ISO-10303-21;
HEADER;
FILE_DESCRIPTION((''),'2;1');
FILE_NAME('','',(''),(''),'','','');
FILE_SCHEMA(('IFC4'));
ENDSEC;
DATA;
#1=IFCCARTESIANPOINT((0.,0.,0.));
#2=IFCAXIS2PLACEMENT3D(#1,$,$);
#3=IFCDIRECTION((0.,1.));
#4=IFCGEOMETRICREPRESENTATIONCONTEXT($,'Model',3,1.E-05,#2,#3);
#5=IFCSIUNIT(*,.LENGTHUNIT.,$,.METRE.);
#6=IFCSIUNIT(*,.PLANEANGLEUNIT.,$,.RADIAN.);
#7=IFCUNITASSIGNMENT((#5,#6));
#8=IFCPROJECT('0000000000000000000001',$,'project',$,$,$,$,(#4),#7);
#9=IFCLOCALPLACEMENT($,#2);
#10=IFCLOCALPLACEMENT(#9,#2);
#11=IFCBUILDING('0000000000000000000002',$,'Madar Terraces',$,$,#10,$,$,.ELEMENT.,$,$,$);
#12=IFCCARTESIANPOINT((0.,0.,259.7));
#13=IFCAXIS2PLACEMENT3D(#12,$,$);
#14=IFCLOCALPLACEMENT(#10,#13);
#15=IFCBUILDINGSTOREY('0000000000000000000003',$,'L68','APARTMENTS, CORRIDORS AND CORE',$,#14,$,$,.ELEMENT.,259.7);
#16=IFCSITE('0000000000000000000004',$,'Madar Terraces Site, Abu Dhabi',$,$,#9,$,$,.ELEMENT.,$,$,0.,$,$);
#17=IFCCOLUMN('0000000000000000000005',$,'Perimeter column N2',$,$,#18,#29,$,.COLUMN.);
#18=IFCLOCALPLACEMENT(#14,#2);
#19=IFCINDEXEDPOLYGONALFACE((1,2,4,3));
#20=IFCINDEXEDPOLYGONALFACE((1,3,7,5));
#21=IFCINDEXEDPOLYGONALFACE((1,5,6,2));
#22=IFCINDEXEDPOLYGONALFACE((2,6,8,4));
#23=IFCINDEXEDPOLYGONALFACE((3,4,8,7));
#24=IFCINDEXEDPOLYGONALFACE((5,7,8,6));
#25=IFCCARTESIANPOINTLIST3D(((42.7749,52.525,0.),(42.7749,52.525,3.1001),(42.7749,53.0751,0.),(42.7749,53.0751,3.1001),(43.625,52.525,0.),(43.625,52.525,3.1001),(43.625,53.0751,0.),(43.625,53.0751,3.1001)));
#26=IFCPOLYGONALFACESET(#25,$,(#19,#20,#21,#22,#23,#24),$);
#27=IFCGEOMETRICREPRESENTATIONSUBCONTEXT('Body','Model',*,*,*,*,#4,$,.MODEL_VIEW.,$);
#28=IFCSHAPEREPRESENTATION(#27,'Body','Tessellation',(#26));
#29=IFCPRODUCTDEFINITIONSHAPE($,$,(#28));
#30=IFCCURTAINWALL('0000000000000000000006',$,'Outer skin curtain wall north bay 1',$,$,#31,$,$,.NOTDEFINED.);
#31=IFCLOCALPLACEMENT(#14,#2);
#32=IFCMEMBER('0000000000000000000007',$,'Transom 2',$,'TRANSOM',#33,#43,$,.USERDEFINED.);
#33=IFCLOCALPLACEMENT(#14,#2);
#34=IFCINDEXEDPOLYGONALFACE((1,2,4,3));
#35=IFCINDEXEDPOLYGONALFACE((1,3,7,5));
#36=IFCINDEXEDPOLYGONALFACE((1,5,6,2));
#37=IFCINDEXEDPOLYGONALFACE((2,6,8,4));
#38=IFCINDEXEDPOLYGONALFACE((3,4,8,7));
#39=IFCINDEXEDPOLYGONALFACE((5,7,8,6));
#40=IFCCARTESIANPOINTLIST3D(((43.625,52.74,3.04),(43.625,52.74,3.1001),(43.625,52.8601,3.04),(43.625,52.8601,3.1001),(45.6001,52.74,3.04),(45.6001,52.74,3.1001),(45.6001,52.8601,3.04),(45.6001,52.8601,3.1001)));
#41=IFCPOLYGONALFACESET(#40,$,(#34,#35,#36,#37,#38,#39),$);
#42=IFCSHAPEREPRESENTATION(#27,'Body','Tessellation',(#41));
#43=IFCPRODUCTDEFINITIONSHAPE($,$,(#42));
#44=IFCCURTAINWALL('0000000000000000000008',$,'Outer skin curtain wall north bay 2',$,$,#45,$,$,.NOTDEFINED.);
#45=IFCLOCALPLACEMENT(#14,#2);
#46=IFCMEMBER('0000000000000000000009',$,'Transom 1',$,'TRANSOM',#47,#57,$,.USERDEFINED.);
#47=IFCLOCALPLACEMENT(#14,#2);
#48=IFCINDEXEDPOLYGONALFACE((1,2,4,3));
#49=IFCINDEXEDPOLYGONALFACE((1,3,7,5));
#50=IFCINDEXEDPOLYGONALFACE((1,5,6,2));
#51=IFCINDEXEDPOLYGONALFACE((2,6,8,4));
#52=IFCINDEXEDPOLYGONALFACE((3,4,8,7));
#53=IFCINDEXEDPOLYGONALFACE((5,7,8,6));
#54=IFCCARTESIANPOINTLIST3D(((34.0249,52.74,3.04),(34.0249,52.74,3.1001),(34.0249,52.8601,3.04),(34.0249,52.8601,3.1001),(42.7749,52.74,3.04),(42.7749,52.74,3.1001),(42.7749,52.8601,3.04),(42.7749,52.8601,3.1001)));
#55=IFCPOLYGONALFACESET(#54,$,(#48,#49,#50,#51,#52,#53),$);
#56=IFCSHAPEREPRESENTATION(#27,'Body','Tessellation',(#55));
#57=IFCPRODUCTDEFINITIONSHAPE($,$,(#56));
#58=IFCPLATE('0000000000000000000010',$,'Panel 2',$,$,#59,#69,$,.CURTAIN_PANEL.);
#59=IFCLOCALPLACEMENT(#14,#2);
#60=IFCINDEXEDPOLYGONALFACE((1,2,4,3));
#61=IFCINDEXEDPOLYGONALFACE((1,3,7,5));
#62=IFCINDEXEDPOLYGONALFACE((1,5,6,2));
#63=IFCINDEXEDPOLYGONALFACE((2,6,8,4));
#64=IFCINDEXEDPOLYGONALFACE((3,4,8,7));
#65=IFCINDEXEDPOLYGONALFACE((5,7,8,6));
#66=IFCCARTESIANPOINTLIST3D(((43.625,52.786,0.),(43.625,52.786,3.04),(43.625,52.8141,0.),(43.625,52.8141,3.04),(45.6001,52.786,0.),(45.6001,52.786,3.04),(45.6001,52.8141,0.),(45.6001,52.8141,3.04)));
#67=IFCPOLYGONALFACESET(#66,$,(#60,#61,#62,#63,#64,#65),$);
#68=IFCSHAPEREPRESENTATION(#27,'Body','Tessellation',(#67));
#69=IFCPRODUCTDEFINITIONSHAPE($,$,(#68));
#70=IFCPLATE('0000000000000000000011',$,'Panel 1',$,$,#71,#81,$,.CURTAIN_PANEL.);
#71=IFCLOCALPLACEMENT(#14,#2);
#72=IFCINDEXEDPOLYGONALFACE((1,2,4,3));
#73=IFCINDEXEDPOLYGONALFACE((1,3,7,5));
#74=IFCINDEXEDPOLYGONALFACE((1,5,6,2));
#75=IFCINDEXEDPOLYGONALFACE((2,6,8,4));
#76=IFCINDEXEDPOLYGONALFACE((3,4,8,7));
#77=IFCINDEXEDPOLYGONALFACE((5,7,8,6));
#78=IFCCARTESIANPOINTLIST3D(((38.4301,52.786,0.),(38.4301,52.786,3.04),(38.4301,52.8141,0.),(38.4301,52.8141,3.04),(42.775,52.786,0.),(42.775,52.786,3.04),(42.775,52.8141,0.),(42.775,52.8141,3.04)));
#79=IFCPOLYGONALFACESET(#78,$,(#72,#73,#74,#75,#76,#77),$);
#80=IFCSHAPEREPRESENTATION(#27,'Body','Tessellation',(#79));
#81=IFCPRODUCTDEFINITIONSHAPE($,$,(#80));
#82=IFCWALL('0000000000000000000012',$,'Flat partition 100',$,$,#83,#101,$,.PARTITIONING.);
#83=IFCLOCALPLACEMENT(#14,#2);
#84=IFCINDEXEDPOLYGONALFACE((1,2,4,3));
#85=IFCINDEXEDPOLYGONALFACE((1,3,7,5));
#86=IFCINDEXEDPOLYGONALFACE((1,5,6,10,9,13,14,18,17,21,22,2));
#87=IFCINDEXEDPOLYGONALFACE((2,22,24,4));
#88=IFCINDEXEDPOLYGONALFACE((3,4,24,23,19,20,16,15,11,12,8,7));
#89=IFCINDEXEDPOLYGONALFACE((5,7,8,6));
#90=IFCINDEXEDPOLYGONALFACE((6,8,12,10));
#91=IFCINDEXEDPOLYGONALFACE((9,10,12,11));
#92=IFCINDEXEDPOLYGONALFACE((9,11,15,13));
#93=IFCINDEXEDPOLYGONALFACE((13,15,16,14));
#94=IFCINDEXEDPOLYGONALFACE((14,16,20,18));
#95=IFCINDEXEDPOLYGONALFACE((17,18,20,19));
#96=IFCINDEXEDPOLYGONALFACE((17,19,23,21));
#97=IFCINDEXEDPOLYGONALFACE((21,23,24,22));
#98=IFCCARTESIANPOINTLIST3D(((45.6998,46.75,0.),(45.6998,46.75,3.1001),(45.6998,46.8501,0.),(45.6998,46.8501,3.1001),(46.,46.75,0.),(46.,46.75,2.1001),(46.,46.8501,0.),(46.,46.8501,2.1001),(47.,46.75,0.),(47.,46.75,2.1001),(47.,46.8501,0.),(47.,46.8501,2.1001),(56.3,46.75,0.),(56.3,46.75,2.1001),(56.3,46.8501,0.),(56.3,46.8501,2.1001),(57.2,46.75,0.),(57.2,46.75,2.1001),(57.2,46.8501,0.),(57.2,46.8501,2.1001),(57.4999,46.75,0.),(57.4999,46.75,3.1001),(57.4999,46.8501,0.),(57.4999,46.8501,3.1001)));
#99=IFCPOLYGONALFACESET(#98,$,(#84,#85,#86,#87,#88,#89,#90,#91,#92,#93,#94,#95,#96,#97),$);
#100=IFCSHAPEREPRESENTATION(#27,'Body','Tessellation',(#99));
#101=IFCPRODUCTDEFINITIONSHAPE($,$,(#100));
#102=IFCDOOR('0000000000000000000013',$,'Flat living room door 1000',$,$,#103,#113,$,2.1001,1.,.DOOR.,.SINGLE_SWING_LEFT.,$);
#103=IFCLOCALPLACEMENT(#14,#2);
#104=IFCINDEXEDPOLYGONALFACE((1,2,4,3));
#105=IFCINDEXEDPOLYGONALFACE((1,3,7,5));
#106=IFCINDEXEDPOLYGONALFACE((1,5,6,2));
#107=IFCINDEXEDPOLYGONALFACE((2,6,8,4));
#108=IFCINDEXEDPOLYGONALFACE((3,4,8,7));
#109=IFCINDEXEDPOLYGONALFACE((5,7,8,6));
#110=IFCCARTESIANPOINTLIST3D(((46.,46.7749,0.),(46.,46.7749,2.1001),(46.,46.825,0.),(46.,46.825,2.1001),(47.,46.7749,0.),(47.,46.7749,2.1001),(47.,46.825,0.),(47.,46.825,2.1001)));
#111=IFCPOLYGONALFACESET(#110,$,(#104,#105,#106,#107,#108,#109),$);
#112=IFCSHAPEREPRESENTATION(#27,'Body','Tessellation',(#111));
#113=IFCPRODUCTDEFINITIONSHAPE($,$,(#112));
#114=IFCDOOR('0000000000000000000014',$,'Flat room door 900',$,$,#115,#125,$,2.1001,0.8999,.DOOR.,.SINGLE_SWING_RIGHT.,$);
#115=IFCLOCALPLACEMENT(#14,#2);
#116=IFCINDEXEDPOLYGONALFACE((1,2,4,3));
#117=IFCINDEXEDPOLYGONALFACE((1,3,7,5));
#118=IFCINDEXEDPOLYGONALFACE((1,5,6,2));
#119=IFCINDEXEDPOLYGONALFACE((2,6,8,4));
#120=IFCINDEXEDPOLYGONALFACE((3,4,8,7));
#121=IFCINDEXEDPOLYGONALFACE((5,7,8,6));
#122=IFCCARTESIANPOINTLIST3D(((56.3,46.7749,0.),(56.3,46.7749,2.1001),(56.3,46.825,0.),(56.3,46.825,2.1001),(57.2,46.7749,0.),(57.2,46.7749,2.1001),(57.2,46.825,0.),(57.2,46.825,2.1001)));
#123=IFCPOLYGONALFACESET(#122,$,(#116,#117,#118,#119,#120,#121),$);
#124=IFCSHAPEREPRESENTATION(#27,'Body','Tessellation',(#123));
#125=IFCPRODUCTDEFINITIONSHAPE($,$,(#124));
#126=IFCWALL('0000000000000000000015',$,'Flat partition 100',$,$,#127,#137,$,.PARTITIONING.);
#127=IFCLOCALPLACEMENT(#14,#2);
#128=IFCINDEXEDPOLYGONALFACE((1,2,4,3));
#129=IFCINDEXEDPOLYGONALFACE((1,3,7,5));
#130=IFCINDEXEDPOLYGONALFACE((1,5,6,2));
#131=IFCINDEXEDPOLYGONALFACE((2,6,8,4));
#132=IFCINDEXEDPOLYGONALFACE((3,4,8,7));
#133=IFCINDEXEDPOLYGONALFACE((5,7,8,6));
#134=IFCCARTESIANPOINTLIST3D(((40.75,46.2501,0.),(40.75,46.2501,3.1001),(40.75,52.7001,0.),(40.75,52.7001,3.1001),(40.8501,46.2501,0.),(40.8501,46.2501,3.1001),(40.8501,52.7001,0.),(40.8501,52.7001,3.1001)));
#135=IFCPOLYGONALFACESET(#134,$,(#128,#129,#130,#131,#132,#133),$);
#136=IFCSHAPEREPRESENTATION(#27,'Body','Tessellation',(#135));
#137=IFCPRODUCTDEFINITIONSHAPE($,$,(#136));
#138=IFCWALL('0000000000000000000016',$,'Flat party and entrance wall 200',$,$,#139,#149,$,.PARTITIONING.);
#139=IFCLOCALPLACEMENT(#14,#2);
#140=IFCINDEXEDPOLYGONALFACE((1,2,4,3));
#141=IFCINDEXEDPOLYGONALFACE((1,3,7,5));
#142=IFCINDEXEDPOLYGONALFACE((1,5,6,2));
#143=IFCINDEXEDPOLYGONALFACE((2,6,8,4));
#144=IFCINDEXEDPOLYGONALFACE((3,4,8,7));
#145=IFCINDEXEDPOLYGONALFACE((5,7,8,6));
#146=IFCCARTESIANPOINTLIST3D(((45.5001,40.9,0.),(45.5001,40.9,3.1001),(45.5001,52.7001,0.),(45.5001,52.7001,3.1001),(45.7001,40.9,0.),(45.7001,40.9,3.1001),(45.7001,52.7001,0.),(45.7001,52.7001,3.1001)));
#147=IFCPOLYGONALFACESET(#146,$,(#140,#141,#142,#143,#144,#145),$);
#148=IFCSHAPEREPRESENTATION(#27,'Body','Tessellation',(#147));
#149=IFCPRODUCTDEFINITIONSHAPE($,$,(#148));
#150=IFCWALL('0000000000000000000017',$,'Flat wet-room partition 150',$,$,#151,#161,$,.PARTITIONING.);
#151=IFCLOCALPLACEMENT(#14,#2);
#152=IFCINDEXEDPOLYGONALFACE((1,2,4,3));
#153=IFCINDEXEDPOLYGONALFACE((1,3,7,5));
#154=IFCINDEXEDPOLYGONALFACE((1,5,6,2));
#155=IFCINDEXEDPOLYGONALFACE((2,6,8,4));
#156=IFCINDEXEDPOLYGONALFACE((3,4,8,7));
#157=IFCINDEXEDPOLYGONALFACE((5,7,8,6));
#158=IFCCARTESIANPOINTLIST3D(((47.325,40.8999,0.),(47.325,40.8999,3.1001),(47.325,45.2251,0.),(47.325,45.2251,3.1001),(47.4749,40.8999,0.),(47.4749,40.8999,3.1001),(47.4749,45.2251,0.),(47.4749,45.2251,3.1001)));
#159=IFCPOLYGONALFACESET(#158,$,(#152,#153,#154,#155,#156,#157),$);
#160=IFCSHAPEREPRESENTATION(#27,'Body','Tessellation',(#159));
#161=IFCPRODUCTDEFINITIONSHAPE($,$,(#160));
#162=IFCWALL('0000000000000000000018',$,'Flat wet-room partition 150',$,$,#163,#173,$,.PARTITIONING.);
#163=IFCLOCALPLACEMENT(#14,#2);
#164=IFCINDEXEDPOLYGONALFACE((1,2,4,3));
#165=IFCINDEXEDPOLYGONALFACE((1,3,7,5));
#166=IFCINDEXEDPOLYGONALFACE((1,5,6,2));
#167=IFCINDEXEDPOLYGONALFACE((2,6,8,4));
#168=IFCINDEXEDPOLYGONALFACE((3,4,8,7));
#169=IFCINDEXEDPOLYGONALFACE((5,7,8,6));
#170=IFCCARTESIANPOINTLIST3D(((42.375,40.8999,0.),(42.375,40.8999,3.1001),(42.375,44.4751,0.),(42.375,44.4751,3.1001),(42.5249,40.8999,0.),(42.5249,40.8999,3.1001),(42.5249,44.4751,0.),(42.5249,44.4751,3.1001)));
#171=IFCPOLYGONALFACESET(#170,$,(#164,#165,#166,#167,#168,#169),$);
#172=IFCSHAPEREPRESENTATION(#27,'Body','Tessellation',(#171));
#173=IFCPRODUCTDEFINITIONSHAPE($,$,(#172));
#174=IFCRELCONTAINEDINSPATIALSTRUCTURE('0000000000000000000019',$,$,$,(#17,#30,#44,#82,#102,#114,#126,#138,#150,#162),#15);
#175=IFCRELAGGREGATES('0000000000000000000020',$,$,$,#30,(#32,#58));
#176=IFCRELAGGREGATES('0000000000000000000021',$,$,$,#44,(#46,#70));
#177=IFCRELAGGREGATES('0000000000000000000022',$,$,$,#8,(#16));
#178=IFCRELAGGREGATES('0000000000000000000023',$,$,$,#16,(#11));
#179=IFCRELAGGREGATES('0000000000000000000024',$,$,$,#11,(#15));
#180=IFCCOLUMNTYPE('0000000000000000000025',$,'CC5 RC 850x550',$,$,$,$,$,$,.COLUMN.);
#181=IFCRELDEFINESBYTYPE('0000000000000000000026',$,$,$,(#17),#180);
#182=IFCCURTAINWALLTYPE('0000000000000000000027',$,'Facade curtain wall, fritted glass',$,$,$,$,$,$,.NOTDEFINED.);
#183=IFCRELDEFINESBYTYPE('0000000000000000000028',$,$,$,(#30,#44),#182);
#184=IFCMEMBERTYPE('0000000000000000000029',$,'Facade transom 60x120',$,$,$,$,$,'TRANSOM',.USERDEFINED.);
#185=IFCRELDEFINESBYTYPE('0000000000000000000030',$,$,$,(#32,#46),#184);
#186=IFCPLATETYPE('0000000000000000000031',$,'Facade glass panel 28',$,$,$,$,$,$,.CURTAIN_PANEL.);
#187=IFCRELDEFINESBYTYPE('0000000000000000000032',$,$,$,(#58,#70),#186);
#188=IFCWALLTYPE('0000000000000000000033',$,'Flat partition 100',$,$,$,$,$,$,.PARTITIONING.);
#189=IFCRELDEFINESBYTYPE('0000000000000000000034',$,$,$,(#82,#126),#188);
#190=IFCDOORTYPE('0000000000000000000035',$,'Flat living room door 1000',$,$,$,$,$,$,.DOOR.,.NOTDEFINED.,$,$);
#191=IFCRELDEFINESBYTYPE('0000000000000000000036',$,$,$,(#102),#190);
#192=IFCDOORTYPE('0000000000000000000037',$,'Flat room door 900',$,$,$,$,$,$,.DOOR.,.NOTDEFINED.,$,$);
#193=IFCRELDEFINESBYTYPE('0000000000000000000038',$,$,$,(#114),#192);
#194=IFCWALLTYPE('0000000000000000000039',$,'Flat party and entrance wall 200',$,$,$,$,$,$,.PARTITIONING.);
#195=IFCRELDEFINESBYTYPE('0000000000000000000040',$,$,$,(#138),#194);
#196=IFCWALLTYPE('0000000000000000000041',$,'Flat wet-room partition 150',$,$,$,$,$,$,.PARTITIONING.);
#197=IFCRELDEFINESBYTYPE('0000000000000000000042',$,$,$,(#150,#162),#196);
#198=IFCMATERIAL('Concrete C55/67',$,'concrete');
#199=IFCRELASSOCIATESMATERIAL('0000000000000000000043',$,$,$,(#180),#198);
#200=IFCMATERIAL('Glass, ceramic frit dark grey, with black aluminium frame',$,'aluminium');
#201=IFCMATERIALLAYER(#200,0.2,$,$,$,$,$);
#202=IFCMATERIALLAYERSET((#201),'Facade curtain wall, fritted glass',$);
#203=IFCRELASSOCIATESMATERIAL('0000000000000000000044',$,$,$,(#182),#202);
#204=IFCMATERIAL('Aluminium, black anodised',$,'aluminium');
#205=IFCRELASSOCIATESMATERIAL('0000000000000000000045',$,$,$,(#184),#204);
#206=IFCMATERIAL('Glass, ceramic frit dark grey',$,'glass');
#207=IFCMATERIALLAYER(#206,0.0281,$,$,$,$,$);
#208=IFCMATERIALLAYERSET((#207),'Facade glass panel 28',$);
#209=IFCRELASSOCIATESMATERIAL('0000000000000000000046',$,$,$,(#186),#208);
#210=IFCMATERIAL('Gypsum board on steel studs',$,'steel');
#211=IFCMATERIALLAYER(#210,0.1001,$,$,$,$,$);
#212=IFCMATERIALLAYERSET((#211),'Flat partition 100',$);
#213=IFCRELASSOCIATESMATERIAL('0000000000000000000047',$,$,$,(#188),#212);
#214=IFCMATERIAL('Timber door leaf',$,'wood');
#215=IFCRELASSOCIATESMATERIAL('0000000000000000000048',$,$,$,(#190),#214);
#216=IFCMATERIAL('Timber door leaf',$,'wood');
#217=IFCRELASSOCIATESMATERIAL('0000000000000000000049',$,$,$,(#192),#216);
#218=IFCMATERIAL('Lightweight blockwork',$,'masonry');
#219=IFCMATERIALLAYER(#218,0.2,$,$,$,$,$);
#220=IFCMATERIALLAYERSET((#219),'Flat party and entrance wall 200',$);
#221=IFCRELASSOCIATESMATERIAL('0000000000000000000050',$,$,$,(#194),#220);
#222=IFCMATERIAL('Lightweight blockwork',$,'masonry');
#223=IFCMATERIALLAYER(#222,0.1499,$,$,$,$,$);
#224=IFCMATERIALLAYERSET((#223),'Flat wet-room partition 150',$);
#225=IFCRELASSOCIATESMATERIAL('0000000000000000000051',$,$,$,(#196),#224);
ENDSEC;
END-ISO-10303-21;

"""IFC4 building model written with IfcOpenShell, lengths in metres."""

from ifc_helpers import new_model, si_unit, direction, frame, frame_2d, origin, origin_2d, place, context, subcontext, project, spatial, rectangle, extrude, material, layer, layer_set, material_profile, profile_set, type_object, element, fill, aggregate, save


model = new_model("IFC4")

# Units and contexts
model_context = context("Model", 3, precision=1e-05, world=origin(), true_north=direction((0.0, 1.0)))
body_context = subcontext(model_context, "Body", "Model", "MODEL_VIEW")
ifc_project = project(units=[si_unit("LENGTHUNIT", "METRE"), si_unit("PLANEANGLEUNIT", "RADIAN")], contexts=[model_context])

# Site, building, storey
site_placement = place(None, origin())
site = spatial("IfcSite", under=ifc_project, at=site_placement, Name="Madar Terraces Site, Abu Dhabi", CompositionType="ELEMENT", RefElevation=0.0)
building_placement = place(site_placement, origin())
building = spatial("IfcBuilding", under=site, at=building_placement, Name="Madar Terraces", CompositionType="ELEMENT")
storey_placement = place(building_placement, frame((0.0, 0.0, 259.7)))
storey = spatial("IfcBuildingStorey", under=building, at=storey_placement, Name="L68", Description="APARTMENTS, CORRIDORS AND CORE", CompositionType="ELEMENT", Elevation=259.7)

# Column
ifc_material_1 = material(Name="Concrete C55/67", Category="concrete")
ifc_material_profile_1 = material_profile(ifc_material_1, rectangle(XDim=0.8501, YDim=0.55, at=origin_2d()), Name="CC5 RC 850x550")
ifc_profile_set_1 = profile_set([ifc_material_profile_1], Name="Concrete C55/67")
column_type = type_object("IfcColumnType", Name="CC5 RC 850x550", PredefinedType="COLUMN", material=ifc_profile_set_1)
column_placement = place(storey_placement, frame((43.2, 52.8, 0.0), z_axis=(0.0, 0.0, 1.0), x_axis=(1.0, 0.0, 0.0)))
element("IfcColumn", 1, at=column_placement, inside=storey, type_object=column_type, Name="Perimeter column N2", PredefinedType="COLUMN", context=body_context, shape_type="SweptSolid", body=[
    extrude(rectangle(XDim=0.8501, YDim=0.55, at=origin_2d()), origin(), (0.0, 0.0, 1.0), 3.1001),
])

# Curtain walls, members
ifc_material_2 = material(Name="Glass, ceramic frit dark grey, with black aluminium frame", Category="aluminium")
ifc_layer_1 = layer(ifc_material_2, 0.2)
ifc_layer_set_1 = layer_set([ifc_layer_1], Name="Facade curtain wall, fritted glass")
curtain_wall_type = type_object("IfcCurtainWallType", Name="Facade curtain wall, fritted glass", PredefinedType="NOTDEFINED", material=ifc_layer_set_1)
curtain_wall_1_placement = place(storey_placement, origin())
curtain_wall_1 = element("IfcCurtainWall", 2, at=curtain_wall_1_placement, inside=storey, type_object=curtain_wall_type, Name="Outer skin curtain wall north bay 1", PredefinedType="NOTDEFINED")
ifc_material_3 = material(Name="Aluminium, black anodised", Category="aluminium")
ifc_material_profile_2 = material_profile(ifc_material_3, rectangle(XDim=0.1201, YDim=0.0601, at=origin_2d()), Name="Facade transom 60x120")
ifc_profile_set_2 = profile_set([ifc_material_profile_2], Name="Aluminium, black anodised")
member_type = type_object("IfcMemberType", Name="Facade transom 60x120", ElementType="TRANSOM", PredefinedType="USERDEFINED", material=ifc_profile_set_2)
member_1_placement = place(storey_placement, frame((45.6001, 52.8, 3.0701), z_axis=(-1.0, 0.0, 0.0), x_axis=(0.0, -1.0, 0.0)))
member_1 = element("IfcMember", 3, at=member_1_placement, type_object=member_type, Name="Transom 2", ObjectType="TRANSOM", PredefinedType="USERDEFINED", context=body_context, shape_type="SweptSolid", body=[
    extrude(rectangle(XDim=0.1201, YDim=0.0601, at=origin_2d()), origin(), (0.0, 0.0, 1.0), 1.9751),
])
curtain_wall_2_placement = place(storey_placement, origin())
curtain_wall_2 = element("IfcCurtainWall", 4, at=curtain_wall_2_placement, inside=storey, type_object=curtain_wall_type, Name="Outer skin curtain wall north bay 2", PredefinedType="NOTDEFINED")
member_2_placement = place(storey_placement, frame((42.7749, 52.8, 3.0701), z_axis=(-1.0, 0.0, 0.0), x_axis=(0.0, -1.0, 0.0)))
member_2 = element("IfcMember", 5, at=member_2_placement, type_object=member_type, Name="Transom 1", ObjectType="TRANSOM", PredefinedType="USERDEFINED", context=body_context, shape_type="SweptSolid", body=[
    extrude(rectangle(XDim=0.1201, YDim=0.0601, at=origin_2d()), origin(), (0.0, 0.0, 1.0), 8.75),
])

# Plates
ifc_material_4 = material(Name="Glass, ceramic frit dark grey", Category="glass")
ifc_layer_2 = layer(ifc_material_4, 0.0281)
ifc_layer_set_2 = layer_set([ifc_layer_2], Name="Facade glass panel 28")
plate_type = type_object("IfcPlateType", Name="Facade glass panel 28", PredefinedType="CURTAIN_PANEL", material=ifc_layer_set_2)
plate_1_placement = place(storey_placement, frame((44.6125, 52.8, 0.0), z_axis=(0.0, 0.0, 1.0), x_axis=(-1.0, 0.0, 0.0)))
plate_1 = element("IfcPlate", 6, at=plate_1_placement, type_object=plate_type, Name="Panel 2", PredefinedType="CURTAIN_PANEL", context=body_context, shape_type="SweptSolid", body=[
    extrude(rectangle(XDim=1.9751, YDim=0.0281, at=origin_2d()), origin(), (0.0, 0.0, 1.0), 3.04),
])
aggregate(curtain_wall_1, [member_1, plate_1])
plate_2_placement = place(storey_placement, frame((40.6025, 52.8, 0.0), z_axis=(0.0, 0.0, 1.0), x_axis=(-1.0, 0.0, 0.0)))
plate_2 = element("IfcPlate", 7, at=plate_2_placement, type_object=plate_type, Name="Panel 1", PredefinedType="CURTAIN_PANEL", context=body_context, shape_type="SweptSolid", body=[
    extrude(rectangle(XDim=4.345, YDim=0.0281, at=origin_2d()), origin(), (0.0, 0.0, 1.0), 3.04),
])
aggregate(curtain_wall_2, [member_2, plate_2])

# Wall, openings, doors
ifc_material_5 = material(Name="Gypsum board on steel studs", Category="steel")
ifc_layer_3 = layer(ifc_material_5, 0.1001)
ifc_layer_set_3 = layer_set([ifc_layer_3], Name="Flat partition 100")
wall_type_1 = type_object("IfcWallType", Name="Flat partition 100", PredefinedType="PARTITIONING", material=ifc_layer_set_3)
wall_1_placement = place(storey_placement, frame((45.7, 46.8, 0.0), z_axis=(0.0, 0.0, 1.0), x_axis=(1.0, 0.0, 0.0)))
wall_1 = element("IfcWall", 8, at=wall_1_placement, inside=storey, type_object=wall_type_1, Name="Flat partition 100", PredefinedType="PARTITIONING", context=body_context, shape_type="SweptSolid", body=[
    extrude(rectangle(XDim=11.8, YDim=0.1001, at=frame_2d((5.8999, 0.0))), origin(), (0.0, 0.0, 1.0), 3.1001),
])
opening_1_placement = place(wall_1_placement, frame((0.3, 0.0, 0.0)))
opening_1 = element("IfcOpeningElement", 9, at=opening_1_placement, cuts=wall_1, PredefinedType="OPENING", context=body_context, shape_type="SweptSolid", body=[
    extrude(rectangle(XDim=1.0, YDim=2.1001, at=frame_2d((0.5, 1.05))), frame((0.0, 0.0601, 0.0), z_axis=(0.0, -1.0, 0.0), x_axis=(1.0, 0.0, 0.0)), (0.0, 0.0, 1.0), 0.1201),
])
opening_2_placement = place(wall_1_placement, frame((10.6001, 0.0, 0.0)))
opening_2 = element("IfcOpeningElement", 10, at=opening_2_placement, cuts=wall_1, PredefinedType="OPENING", context=body_context, shape_type="SweptSolid", body=[
    extrude(rectangle(XDim=0.8999, YDim=2.1001, at=frame_2d((0.45, 1.05))), frame((0.0, 0.0601, 0.0), z_axis=(0.0, -1.0, 0.0), x_axis=(1.0, 0.0, 0.0)), (0.0, 0.0, 1.0), 0.1201),
])
ifc_material_6 = material(Name="Timber door leaf", Category="wood")
door_type_1 = type_object("IfcDoorType", Name="Flat living room door 1000", OperationType="NOTDEFINED", PredefinedType="DOOR", material=ifc_material_6)
door_1_placement = place(opening_1_placement, origin())
door_1 = element("IfcDoor", 11, at=door_1_placement, inside=storey, type_object=door_type_1, Name="Flat living room door 1000", OperationType="SINGLE_SWING_LEFT", OverallHeight=2.1001, OverallWidth=1.0, PredefinedType="DOOR", context=body_context, shape_type="SweptSolid", body=[
    extrude(rectangle(XDim=1.0, YDim=2.1001, at=frame_2d((0.5, 1.05))), frame((0.0, 0.0249, 0.0), z_axis=(0.0, -1.0, 0.0), x_axis=(1.0, 0.0, 0.0)), (0.0, 0.0, 1.0), 0.05),
])
fill(opening_1, door_1)
ifc_material_7 = material(Name="Timber door leaf", Category="wood")
door_type_2 = type_object("IfcDoorType", Name="Flat room door 900", OperationType="NOTDEFINED", PredefinedType="DOOR", material=ifc_material_7)
door_2_placement = place(opening_2_placement, origin())
door_2 = element("IfcDoor", 12, at=door_2_placement, inside=storey, type_object=door_type_2, Name="Flat room door 900", OperationType="SINGLE_SWING_RIGHT", OverallHeight=2.1001, OverallWidth=0.8999, PredefinedType="DOOR", context=body_context, shape_type="SweptSolid", body=[
    extrude(rectangle(XDim=0.8999, YDim=2.1001, at=frame_2d((0.45, 1.05))), frame((0.0, 0.0249, 0.0), z_axis=(0.0, -1.0, 0.0), x_axis=(1.0, 0.0, 0.0)), (0.0, 0.0, 1.0), 0.05),
])
fill(opening_2, door_2)

# Walls
wall_2_placement = place(storey_placement, frame((40.8, 46.25, 0.0), z_axis=(0.0, 0.0, 1.0), x_axis=(0.0, 1.0, 0.0)))
element("IfcWall", 13, at=wall_2_placement, inside=storey, type_object=wall_type_1, Name="Flat partition 100", PredefinedType="PARTITIONING", context=body_context, shape_type="SweptSolid", body=[
    extrude(rectangle(XDim=6.45, YDim=0.1001, at=frame_2d((3.2251, 0.0))), origin(), (0.0, 0.0, 1.0), 3.1001),
])
ifc_material_8 = material(Name="Lightweight blockwork", Category="masonry")
ifc_layer_4 = layer(ifc_material_8, 0.2)
ifc_layer_set_4 = layer_set([ifc_layer_4], Name="Flat party and entrance wall 200")
wall_type_2 = type_object("IfcWallType", Name="Flat party and entrance wall 200", PredefinedType="PARTITIONING", material=ifc_layer_set_4)
wall_3_placement = place(storey_placement, frame((45.6001, 52.7, 0.0), z_axis=(0.0, 0.0, 1.0), x_axis=(0.0, -1.0, 0.0)))
element("IfcWall", 14, at=wall_3_placement, inside=storey, type_object=wall_type_2, Name="Flat party and entrance wall 200", PredefinedType="PARTITIONING", context=body_context, shape_type="SweptSolid", body=[
    extrude(rectangle(XDim=11.8, YDim=0.2, at=frame_2d((5.8999, 0.0))), origin(), (0.0, 0.0, 1.0), 3.1001),
])
ifc_material_9 = material(Name="Lightweight blockwork", Category="masonry")
ifc_layer_5 = layer(ifc_material_9, 0.1499)
ifc_layer_set_5 = layer_set([ifc_layer_5], Name="Flat wet-room partition 150")
wall_type_3 = type_object("IfcWallType", Name="Flat wet-room partition 150", PredefinedType="PARTITIONING", material=ifc_layer_set_5)
wall_4_placement = place(storey_placement, frame((47.3999, 40.8999, 0.0), z_axis=(0.0, 0.0, 1.0), x_axis=(0.0, 1.0, 0.0)))
element("IfcWall", 15, at=wall_4_placement, inside=storey, type_object=wall_type_3, Name="Flat wet-room partition 150", PredefinedType="PARTITIONING", context=body_context, shape_type="SweptSolid", body=[
    extrude(rectangle(XDim=4.3252, YDim=0.1499, at=frame_2d((2.1626, 0.0))), origin(), (0.0, 0.0, 1.0), 3.1001),
])
wall_5_placement = place(storey_placement, frame((42.45, 40.8999, 0.0), z_axis=(0.0, 0.0, 1.0), x_axis=(0.0, 1.0, 0.0)))
element("IfcWall", 16, at=wall_5_placement, inside=storey, type_object=wall_type_3, Name="Flat wet-room partition 150", PredefinedType="PARTITIONING", context=body_context, shape_type="SweptSolid", body=[
    extrude(rectangle(XDim=3.5752, YDim=0.1499, at=frame_2d((1.7876, 0.0))), origin(), (0.0, 0.0, 1.0), 3.1001),
])

save(model, "model.ifc")
